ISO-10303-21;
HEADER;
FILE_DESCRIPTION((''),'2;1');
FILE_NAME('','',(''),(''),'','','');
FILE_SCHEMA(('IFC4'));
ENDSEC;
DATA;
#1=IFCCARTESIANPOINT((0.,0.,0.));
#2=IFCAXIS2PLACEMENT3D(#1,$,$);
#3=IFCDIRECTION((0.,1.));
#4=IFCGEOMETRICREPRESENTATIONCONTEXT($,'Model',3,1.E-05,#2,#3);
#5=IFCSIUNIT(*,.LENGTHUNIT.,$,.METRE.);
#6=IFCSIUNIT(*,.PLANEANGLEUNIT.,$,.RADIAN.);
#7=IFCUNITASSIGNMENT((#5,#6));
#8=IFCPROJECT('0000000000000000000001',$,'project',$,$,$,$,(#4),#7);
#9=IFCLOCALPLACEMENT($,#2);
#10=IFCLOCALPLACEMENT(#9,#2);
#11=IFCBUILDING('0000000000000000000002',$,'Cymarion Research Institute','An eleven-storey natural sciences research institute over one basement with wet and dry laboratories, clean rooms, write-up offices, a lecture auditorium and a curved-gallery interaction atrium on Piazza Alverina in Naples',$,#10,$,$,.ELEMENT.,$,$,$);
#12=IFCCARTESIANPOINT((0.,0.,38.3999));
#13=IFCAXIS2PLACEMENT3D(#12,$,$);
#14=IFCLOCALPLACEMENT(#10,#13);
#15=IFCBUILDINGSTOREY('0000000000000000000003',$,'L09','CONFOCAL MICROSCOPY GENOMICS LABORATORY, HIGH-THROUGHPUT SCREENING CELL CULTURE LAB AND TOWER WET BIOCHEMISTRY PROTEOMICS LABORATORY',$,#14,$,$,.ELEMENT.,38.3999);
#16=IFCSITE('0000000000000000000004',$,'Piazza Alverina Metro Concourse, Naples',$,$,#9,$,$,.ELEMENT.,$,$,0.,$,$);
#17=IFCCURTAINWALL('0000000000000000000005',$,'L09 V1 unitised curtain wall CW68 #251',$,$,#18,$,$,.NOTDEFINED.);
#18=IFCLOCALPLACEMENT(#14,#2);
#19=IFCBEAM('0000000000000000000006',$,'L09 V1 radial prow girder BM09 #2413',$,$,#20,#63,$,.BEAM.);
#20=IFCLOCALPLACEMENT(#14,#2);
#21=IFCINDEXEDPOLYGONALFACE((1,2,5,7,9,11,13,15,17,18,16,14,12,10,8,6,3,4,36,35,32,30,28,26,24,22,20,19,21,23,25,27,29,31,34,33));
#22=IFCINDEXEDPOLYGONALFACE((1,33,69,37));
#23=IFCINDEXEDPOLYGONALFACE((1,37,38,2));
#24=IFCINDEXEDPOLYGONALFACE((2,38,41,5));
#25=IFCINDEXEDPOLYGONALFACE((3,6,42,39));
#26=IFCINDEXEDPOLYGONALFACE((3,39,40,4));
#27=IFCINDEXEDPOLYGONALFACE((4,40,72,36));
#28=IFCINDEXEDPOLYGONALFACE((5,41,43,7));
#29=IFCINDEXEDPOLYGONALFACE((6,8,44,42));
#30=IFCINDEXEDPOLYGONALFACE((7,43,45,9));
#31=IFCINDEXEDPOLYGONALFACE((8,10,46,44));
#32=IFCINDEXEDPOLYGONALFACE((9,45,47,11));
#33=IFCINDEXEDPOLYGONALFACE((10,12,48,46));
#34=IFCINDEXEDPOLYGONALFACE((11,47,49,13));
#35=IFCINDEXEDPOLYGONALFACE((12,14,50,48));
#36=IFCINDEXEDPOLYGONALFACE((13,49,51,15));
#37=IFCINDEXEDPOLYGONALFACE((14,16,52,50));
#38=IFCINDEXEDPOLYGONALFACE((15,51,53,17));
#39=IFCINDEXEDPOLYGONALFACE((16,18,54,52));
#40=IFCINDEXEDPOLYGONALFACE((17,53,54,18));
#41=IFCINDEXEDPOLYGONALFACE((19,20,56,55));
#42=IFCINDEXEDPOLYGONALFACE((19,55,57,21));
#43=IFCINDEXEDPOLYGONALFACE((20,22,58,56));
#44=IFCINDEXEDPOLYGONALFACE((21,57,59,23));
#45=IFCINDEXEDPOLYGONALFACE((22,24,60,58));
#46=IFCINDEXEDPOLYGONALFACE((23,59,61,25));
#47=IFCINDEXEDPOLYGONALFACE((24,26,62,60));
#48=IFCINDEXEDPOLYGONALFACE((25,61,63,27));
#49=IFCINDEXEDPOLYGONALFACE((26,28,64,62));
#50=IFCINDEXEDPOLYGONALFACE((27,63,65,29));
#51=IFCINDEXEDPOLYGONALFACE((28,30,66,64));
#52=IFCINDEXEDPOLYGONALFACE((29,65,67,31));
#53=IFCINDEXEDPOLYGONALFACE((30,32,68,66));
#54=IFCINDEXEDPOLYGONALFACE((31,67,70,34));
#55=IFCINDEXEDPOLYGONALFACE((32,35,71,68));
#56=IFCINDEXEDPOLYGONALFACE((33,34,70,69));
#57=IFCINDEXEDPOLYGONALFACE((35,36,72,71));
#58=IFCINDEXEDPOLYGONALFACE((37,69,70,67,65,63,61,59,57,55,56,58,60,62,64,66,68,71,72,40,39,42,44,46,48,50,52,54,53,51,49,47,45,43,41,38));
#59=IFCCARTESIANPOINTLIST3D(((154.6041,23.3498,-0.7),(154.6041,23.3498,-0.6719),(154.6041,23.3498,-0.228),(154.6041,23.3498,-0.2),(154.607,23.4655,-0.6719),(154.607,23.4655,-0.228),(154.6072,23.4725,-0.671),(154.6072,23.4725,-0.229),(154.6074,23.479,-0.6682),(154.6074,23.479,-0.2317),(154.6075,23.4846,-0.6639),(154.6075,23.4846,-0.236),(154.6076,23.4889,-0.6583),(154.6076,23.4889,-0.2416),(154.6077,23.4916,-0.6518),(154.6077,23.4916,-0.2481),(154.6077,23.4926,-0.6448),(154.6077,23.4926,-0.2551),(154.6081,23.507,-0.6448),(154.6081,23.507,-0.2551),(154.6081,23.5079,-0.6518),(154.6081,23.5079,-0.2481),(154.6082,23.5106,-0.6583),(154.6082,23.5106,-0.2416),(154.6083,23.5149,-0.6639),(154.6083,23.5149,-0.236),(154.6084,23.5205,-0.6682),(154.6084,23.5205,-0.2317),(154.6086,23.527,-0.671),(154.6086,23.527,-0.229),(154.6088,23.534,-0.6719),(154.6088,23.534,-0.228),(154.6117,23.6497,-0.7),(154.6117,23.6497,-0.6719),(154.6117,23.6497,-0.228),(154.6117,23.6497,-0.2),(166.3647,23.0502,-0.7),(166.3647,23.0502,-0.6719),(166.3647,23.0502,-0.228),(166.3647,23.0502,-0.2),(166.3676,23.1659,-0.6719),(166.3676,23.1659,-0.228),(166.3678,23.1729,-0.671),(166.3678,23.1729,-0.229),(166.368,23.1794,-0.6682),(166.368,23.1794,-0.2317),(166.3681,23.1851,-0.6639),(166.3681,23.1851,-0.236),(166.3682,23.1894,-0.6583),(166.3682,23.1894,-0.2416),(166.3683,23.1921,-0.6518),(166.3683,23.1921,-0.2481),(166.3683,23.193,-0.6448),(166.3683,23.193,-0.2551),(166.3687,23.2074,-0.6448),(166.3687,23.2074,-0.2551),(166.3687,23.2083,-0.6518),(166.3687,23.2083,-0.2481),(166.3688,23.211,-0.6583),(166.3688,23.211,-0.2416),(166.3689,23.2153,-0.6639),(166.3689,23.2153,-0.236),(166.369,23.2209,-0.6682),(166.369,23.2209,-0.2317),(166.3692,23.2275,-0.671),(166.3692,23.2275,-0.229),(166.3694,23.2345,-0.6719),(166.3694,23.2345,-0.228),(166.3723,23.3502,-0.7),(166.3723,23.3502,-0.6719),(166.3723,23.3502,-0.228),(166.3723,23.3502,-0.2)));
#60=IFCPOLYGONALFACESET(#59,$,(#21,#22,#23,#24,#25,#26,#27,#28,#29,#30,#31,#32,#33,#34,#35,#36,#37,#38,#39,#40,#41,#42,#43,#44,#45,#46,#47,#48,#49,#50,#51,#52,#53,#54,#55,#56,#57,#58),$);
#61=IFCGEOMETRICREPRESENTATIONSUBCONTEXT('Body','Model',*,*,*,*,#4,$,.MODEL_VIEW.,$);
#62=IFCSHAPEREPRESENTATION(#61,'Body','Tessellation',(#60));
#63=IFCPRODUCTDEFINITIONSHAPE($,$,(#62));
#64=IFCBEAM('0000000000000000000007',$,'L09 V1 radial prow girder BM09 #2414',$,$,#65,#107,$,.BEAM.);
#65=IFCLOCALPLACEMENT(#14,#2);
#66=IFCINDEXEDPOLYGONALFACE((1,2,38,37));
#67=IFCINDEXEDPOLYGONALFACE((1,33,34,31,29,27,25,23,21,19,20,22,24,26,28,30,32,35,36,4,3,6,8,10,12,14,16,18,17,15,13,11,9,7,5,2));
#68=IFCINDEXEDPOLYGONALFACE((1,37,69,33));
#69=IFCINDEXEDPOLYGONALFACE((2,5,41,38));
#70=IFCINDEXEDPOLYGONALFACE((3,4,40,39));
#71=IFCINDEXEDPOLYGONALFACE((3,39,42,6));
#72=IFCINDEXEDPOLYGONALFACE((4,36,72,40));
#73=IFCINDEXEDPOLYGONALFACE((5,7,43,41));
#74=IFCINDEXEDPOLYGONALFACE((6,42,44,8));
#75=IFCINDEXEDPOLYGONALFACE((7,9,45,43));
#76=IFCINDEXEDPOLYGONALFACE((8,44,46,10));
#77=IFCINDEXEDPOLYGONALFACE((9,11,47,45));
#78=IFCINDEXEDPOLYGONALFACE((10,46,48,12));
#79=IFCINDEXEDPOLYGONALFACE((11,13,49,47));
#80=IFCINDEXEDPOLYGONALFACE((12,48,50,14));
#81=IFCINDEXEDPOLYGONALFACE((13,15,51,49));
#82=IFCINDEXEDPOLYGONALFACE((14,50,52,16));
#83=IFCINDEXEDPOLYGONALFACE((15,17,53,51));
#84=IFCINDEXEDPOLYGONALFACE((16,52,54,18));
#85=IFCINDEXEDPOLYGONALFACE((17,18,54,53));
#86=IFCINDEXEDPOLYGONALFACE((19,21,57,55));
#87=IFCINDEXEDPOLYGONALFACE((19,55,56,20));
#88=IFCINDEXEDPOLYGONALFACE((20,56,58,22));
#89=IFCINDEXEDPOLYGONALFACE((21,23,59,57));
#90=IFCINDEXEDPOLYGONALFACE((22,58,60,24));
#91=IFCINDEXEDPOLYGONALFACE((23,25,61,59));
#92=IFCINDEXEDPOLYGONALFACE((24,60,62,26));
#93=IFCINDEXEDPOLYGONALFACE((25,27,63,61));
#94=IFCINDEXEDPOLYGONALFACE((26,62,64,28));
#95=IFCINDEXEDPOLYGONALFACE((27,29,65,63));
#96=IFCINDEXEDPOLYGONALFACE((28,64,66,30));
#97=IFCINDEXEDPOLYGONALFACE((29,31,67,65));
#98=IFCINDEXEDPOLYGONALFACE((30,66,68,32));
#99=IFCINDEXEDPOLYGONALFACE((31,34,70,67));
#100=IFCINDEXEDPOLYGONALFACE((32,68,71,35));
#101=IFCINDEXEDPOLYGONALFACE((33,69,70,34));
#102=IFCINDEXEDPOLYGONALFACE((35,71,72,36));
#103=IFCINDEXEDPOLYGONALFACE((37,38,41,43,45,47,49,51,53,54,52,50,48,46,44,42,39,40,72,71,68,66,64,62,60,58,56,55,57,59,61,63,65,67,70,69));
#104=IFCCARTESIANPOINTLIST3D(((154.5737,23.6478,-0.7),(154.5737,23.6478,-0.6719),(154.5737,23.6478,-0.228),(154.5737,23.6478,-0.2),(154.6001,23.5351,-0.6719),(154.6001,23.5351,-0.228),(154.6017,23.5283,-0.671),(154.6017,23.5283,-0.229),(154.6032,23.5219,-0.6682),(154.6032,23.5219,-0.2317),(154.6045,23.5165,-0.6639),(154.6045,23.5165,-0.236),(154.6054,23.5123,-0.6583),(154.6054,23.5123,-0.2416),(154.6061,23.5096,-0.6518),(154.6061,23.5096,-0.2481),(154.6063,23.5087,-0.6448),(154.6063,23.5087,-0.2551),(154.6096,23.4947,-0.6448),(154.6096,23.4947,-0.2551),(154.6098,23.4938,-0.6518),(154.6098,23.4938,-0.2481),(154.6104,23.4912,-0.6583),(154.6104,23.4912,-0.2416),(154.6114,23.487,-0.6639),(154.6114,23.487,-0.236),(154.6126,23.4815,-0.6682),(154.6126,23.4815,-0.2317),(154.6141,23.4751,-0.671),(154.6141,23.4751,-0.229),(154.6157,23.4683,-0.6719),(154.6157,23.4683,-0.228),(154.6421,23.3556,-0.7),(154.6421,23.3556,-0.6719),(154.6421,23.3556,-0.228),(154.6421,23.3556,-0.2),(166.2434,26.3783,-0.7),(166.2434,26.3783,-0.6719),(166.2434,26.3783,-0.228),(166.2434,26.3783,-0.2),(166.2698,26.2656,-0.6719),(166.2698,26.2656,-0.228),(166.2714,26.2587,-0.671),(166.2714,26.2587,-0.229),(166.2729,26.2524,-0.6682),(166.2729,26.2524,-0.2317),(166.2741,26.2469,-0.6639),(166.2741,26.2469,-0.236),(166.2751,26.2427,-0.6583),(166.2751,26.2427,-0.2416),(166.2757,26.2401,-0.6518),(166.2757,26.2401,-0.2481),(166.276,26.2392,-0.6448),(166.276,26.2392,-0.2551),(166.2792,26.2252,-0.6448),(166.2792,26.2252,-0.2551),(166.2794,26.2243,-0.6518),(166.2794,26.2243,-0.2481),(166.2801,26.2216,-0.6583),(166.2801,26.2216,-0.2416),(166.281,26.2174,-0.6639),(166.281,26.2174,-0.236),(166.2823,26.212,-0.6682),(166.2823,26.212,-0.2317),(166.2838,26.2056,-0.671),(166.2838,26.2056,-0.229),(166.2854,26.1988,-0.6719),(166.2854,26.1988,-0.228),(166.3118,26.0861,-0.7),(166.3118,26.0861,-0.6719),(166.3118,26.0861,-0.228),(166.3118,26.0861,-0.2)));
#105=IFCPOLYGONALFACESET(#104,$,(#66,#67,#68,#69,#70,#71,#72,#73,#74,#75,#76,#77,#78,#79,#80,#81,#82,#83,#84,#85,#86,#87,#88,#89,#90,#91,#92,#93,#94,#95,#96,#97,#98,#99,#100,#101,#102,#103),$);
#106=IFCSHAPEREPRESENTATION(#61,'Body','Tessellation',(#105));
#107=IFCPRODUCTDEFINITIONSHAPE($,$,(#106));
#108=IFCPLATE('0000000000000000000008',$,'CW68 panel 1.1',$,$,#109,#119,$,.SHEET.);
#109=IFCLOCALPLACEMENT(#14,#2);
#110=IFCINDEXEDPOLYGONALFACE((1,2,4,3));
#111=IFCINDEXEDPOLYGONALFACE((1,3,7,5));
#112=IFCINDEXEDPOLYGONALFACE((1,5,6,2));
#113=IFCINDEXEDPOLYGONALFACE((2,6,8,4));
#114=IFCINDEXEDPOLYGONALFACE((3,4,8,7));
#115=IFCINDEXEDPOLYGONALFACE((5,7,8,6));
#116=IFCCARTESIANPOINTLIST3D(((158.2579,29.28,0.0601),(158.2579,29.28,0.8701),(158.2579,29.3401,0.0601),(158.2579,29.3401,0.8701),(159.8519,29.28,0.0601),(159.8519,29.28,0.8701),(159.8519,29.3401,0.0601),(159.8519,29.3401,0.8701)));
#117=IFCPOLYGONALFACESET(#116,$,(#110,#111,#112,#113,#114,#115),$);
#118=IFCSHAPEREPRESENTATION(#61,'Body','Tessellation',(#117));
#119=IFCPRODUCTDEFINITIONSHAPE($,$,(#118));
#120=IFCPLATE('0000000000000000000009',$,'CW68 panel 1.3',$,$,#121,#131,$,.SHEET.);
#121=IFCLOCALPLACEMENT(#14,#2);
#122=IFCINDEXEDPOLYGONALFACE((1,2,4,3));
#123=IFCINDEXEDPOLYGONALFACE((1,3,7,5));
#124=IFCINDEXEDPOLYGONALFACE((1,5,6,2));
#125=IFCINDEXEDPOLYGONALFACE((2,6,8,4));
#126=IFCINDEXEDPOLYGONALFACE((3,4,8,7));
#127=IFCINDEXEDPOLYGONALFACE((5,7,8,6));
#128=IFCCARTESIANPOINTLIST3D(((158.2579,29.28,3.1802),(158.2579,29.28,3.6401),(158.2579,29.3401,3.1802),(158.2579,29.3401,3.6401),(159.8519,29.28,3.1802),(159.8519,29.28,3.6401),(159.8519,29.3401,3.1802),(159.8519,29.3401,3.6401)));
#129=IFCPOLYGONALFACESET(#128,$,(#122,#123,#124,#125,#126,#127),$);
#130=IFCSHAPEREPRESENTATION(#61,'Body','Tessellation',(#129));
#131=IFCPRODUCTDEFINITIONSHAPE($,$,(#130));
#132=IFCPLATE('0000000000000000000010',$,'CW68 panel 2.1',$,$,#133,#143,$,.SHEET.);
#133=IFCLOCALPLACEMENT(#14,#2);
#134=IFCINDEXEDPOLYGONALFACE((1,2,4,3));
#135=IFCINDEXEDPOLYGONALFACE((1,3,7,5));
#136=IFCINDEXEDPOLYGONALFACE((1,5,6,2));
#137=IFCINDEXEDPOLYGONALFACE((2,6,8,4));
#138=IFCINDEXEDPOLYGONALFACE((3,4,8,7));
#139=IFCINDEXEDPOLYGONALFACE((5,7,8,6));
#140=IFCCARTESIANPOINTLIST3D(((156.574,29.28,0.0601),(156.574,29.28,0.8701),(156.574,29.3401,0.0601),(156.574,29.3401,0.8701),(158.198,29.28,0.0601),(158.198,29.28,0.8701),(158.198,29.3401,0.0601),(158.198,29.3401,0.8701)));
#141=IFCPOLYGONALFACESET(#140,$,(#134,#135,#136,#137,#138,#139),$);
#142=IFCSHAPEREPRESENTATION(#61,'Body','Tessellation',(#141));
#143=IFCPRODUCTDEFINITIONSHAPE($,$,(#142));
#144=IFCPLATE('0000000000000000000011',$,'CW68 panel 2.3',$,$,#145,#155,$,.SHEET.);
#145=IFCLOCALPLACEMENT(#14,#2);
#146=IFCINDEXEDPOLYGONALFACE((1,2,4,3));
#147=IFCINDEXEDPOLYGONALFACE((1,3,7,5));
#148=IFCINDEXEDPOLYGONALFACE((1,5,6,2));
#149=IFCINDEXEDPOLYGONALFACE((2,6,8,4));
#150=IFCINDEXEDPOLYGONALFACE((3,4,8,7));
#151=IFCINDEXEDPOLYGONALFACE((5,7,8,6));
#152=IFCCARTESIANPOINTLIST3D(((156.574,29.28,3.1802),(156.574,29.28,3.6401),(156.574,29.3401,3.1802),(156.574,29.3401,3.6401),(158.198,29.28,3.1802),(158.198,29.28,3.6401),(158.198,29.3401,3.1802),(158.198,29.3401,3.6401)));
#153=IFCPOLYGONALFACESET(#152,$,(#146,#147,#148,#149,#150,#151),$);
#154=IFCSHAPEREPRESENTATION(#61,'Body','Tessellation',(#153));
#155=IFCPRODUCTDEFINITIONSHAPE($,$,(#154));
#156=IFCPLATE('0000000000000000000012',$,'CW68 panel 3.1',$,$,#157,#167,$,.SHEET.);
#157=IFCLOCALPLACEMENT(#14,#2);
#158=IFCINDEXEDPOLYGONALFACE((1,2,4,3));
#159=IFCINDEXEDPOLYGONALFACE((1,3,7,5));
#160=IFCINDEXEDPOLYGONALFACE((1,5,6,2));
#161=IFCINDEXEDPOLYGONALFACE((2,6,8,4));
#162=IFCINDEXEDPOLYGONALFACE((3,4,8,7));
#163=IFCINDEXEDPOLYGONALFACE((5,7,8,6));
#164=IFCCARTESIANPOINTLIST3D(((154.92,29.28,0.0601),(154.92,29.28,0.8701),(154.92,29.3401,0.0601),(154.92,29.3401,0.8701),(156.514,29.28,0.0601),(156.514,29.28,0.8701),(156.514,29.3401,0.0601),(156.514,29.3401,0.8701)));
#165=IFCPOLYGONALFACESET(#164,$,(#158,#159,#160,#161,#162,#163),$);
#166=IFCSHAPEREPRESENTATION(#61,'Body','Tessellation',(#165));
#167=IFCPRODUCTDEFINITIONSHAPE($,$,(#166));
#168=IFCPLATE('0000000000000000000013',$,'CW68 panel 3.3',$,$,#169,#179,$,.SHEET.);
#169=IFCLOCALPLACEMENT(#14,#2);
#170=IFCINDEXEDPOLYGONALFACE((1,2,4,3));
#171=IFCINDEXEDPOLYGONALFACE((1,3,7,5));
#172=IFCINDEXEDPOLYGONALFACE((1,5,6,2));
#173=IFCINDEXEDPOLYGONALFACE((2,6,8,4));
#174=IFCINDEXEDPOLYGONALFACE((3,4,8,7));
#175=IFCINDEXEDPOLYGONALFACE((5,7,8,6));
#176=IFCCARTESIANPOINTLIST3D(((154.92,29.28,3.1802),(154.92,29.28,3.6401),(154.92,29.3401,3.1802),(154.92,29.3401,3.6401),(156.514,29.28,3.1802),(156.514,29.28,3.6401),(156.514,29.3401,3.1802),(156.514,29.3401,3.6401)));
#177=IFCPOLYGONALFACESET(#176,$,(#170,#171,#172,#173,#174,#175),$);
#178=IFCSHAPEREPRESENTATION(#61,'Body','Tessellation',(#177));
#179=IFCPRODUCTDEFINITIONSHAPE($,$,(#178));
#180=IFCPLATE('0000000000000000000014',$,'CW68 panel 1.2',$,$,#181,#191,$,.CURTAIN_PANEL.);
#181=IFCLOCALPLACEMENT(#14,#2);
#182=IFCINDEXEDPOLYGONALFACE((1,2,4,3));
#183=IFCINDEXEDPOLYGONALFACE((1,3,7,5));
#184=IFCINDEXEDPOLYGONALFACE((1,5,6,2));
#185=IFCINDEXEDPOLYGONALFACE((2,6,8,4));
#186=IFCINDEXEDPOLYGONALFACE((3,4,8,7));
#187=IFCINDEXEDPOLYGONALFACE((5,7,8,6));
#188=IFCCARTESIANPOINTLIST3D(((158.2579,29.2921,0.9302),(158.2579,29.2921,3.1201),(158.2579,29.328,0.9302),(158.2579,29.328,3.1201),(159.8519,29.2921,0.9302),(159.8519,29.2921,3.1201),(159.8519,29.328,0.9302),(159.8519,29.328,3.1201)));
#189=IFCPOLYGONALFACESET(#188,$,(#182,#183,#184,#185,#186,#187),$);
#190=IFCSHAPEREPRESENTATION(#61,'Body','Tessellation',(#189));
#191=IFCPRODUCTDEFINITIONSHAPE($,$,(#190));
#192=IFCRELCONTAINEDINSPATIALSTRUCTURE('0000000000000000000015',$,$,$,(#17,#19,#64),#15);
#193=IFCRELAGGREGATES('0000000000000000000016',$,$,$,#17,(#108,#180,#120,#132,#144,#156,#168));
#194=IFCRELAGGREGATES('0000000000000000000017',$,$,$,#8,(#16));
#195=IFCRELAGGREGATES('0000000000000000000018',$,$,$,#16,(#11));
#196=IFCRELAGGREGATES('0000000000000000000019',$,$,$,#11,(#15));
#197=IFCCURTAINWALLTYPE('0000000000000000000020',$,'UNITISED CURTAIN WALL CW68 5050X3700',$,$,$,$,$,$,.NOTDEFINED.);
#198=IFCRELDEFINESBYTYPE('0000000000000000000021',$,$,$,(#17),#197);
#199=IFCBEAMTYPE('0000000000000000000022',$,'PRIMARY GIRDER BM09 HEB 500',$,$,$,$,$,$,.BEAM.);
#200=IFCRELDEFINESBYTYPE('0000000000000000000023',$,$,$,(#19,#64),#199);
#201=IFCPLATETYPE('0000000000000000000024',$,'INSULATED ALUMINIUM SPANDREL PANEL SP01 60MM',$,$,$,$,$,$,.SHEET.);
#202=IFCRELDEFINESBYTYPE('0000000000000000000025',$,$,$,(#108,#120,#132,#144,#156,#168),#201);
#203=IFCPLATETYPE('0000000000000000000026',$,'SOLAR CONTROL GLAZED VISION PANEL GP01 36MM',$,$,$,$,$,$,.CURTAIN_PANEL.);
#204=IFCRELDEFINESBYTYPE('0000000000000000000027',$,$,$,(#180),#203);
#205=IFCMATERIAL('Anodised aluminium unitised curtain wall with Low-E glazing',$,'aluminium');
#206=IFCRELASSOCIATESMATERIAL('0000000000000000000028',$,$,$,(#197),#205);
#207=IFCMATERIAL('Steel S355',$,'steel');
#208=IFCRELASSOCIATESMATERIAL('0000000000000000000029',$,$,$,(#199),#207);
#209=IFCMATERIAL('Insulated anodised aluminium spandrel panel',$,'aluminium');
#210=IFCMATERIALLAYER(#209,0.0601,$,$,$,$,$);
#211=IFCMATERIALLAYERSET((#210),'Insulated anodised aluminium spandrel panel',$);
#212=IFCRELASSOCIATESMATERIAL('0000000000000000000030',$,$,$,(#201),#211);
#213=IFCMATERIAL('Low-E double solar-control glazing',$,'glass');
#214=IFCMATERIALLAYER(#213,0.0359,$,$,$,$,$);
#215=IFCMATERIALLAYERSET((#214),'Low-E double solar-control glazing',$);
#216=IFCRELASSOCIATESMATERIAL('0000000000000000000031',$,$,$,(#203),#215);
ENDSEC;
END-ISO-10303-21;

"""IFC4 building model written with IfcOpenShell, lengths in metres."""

from ifc_helpers import new_model, si_unit, direction, frame, origin, origin_2d, place, context, subcontext, project, spatial, rectangle, i_section, extrude, material, layer, layer_set, material_profile, profile_set, type_object, element, aggregate, save


model = new_model("IFC4")

# Units and contexts
model_context = context("Model", 3, precision=1e-05, world=origin(), true_north=direction((0.0, 1.0)))
body_context = subcontext(model_context, "Body", "Model", "MODEL_VIEW")
ifc_project = project(units=[si_unit("LENGTHUNIT", "METRE"), si_unit("PLANEANGLEUNIT", "RADIAN")], contexts=[model_context])

# Site, building, storey
site_placement = place(None, origin())
site = spatial("IfcSite", under=ifc_project, at=site_placement, Name="Piazza Alverina Metro Concourse, Naples", CompositionType="ELEMENT", RefElevation=0.0)
building_placement = place(site_placement, origin())
building = spatial("IfcBuilding", under=site, at=building_placement, Name="Cymarion Research Institute", Description="An eleven-storey natural sciences research institute over one basement with wet and dry laboratories, clean rooms, write-up offices, a lecture auditorium and a curved-gallery interaction atrium on Piazza Alverina in Naples", CompositionType="ELEMENT")
storey_placement = place(building_placement, frame((0.0, 0.0, 38.3999)))
storey = spatial("IfcBuildingStorey", under=building, at=storey_placement, Name="L09", Description="CONFOCAL MICROSCOPY GENOMICS LABORATORY, HIGH-THROUGHPUT SCREENING CELL CULTURE LAB AND TOWER WET BIOCHEMISTRY PROTEOMICS LABORATORY", CompositionType="ELEMENT", Elevation=38.3999)

# Curtain wall
ifc_material_1 = material(Name="Anodised aluminium unitised curtain wall with Low-E glazing", Category="aluminium")
curtain_wall_type = type_object("IfcCurtainWallType", Name="UNITISED CURTAIN WALL CW68 5050X3700", PredefinedType="NOTDEFINED", material=ifc_material_1)
curtain_wall_placement = place(storey_placement, origin())
curtain_wall = element("IfcCurtainWall", 1, at=curtain_wall_placement, inside=storey, type_object=curtain_wall_type, Name="L09 V1 unitised curtain wall CW68 #251", PredefinedType="NOTDEFINED")

# Beams
ifc_material_2 = material(Name="Steel S355", Category="steel")
ifc_material_profile_1 = material_profile(ifc_material_2, i_section(OverallWidth=0.3, OverallDepth=0.5, WebThickness=0.0144, FlangeThickness=0.0281, FilletRadius=0.0271, at=origin_2d()), Name="HEB 500")
ifc_profile_set_1 = profile_set([ifc_material_profile_1], Name="Steel S355")
beam_type = type_object("IfcBeamType", Name="PRIMARY GIRDER BM09 HEB 500", PredefinedType="BEAM", material=ifc_profile_set_1)
beam_1_placement = place(storey_placement, frame((154.6079, 23.4998, -0.45), z_axis=(0.999676, -0.025463, 0.0), x_axis=(0.025463, 0.999676, 0.0)))
element("IfcBeam", 2, at=beam_1_placement, inside=storey, type_object=beam_type, Name="L09 V1 radial prow girder BM09 #2413", PredefinedType="BEAM", context=body_context, shape_type="SweptSolid", body=[
    extrude(i_section(OverallWidth=0.3, OverallDepth=0.5, WebThickness=0.0144, FlangeThickness=0.0281, FilletRadius=0.0271, at=origin_2d()), origin(), (0.0, 0.0, 1.0), 11.7644),
])
beam_2_placement = place(storey_placement, frame((154.6079, 23.5017, -0.45), z_axis=(0.973702, 0.227827, 0.0), x_axis=(-0.227827, 0.973702, 0.0)))
element("IfcBeam", 3, at=beam_2_placement, inside=storey, type_object=beam_type, Name="L09 V1 radial prow girder BM09 #2414", PredefinedType="BEAM", context=body_context, shape_type="SweptSolid", body=[
    extrude(i_section(OverallWidth=0.3, OverallDepth=0.5, WebThickness=0.0144, FlangeThickness=0.0281, FilletRadius=0.0271, at=origin_2d()), origin(), (0.0, 0.0, 1.0), 11.9849),
])

# Plates
ifc_material_3 = material(Name="Insulated anodised aluminium spandrel panel", Category="aluminium")
ifc_layer_1 = layer(ifc_material_3, 0.0601)
ifc_layer_set_1 = layer_set([ifc_layer_1], Name="Insulated anodised aluminium spandrel panel")
plate_type_1 = type_object("IfcPlateType", Name="INSULATED ALUMINIUM SPANDREL PANEL SP01 60MM", PredefinedType="SHEET", material=ifc_layer_set_1)
plate_1_placement = place(storey_placement, frame((159.0549, 29.3101, 0.0601), z_axis=(0.0, 0.0, 1.0), x_axis=(-1.0, 0.0, 0.0)))
plate_1 = element("IfcPlate", 4, at=plate_1_placement, type_object=plate_type_1, Name="CW68 panel 1.1", PredefinedType="SHEET", context=body_context, shape_type="SweptSolid", body=[
    extrude(rectangle(XDim=1.594, YDim=0.0601, at=origin_2d()), origin(), (0.0, 0.0, 1.0), 0.8101),
])
plate_2_placement = place(storey_placement, frame((159.0549, 29.3101, 3.1802), z_axis=(0.0, 0.0, 1.0), x_axis=(-1.0, 0.0, 0.0)))
plate_2 = element("IfcPlate", 5, at=plate_2_placement, type_object=plate_type_1, Name="CW68 panel 1.3", PredefinedType="SHEET", context=body_context, shape_type="SweptSolid", body=[
    extrude(rectangle(XDim=1.594, YDim=0.0601, at=origin_2d()), origin(), (0.0, 0.0, 1.0), 0.46),
])
plate_3_placement = place(storey_placement, frame((157.386, 29.3101, 0.0601), z_axis=(0.0, 0.0, 1.0), x_axis=(-1.0, 0.0, 0.0)))
plate_3 = element("IfcPlate", 6, at=plate_3_placement, type_object=plate_type_1, Name="CW68 panel 2.1", PredefinedType="SHEET", context=body_context, shape_type="SweptSolid", body=[
    extrude(rectangle(XDim=1.624, YDim=0.0601, at=origin_2d()), origin(), (0.0, 0.0, 1.0), 0.8101),
])
plate_4_placement = place(storey_placement, frame((157.386, 29.3101, 3.1802), z_axis=(0.0, 0.0, 1.0), x_axis=(-1.0, 0.0, 0.0)))
plate_4 = element("IfcPlate", 7, at=plate_4_placement, type_object=plate_type_1, Name="CW68 panel 2.3", PredefinedType="SHEET", context=body_context, shape_type="SweptSolid", body=[
    extrude(rectangle(XDim=1.624, YDim=0.0601, at=origin_2d()), origin(), (0.0, 0.0, 1.0), 0.46),
])
plate_5_placement = place(storey_placement, frame((155.717, 29.3101, 0.0601), z_axis=(0.0, 0.0, 1.0), x_axis=(-1.0, 0.0, 0.0)))
plate_5 = element("IfcPlate", 8, at=plate_5_placement, type_object=plate_type_1, Name="CW68 panel 3.1", PredefinedType="SHEET", context=body_context, shape_type="SweptSolid", body=[
    extrude(rectangle(XDim=1.594, YDim=0.0601, at=origin_2d()), origin(), (0.0, 0.0, 1.0), 0.8101),
])
plate_6_placement = place(storey_placement, frame((155.717, 29.3101, 3.1802), z_axis=(0.0, 0.0, 1.0), x_axis=(-1.0, 0.0, 0.0)))
plate_6 = element("IfcPlate", 9, at=plate_6_placement, type_object=plate_type_1, Name="CW68 panel 3.3", PredefinedType="SHEET", context=body_context, shape_type="SweptSolid", body=[
    extrude(rectangle(XDim=1.594, YDim=0.0601, at=origin_2d()), origin(), (0.0, 0.0, 1.0), 0.46),
])
ifc_material_4 = material(Name="Low-E double solar-control glazing", Category="glass")
ifc_layer_2 = layer(ifc_material_4, 0.0359)
ifc_layer_set_2 = layer_set([ifc_layer_2], Name="Low-E double solar-control glazing")
plate_type_2 = type_object("IfcPlateType", Name="SOLAR CONTROL GLAZED VISION PANEL GP01 36MM", PredefinedType="CURTAIN_PANEL", material=ifc_layer_set_2)
plate_7_placement = place(storey_placement, frame((159.0549, 29.3101, 0.9302), z_axis=(0.0, 0.0, 1.0), x_axis=(-1.0, 0.0, 0.0)))
plate_7 = element("IfcPlate", 10, at=plate_7_placement, type_object=plate_type_2, Name="CW68 panel 1.2", PredefinedType="CURTAIN_PANEL", context=body_context, shape_type="SweptSolid", body=[
    extrude(rectangle(XDim=1.594, YDim=0.0359, at=origin_2d()), origin(), (0.0, 0.0, 1.0), 2.1899),
])
aggregate(curtain_wall, [plate_1, plate_7, plate_2, plate_3, plate_4, plate_5, plate_6])

save(model, "model.ifc")
